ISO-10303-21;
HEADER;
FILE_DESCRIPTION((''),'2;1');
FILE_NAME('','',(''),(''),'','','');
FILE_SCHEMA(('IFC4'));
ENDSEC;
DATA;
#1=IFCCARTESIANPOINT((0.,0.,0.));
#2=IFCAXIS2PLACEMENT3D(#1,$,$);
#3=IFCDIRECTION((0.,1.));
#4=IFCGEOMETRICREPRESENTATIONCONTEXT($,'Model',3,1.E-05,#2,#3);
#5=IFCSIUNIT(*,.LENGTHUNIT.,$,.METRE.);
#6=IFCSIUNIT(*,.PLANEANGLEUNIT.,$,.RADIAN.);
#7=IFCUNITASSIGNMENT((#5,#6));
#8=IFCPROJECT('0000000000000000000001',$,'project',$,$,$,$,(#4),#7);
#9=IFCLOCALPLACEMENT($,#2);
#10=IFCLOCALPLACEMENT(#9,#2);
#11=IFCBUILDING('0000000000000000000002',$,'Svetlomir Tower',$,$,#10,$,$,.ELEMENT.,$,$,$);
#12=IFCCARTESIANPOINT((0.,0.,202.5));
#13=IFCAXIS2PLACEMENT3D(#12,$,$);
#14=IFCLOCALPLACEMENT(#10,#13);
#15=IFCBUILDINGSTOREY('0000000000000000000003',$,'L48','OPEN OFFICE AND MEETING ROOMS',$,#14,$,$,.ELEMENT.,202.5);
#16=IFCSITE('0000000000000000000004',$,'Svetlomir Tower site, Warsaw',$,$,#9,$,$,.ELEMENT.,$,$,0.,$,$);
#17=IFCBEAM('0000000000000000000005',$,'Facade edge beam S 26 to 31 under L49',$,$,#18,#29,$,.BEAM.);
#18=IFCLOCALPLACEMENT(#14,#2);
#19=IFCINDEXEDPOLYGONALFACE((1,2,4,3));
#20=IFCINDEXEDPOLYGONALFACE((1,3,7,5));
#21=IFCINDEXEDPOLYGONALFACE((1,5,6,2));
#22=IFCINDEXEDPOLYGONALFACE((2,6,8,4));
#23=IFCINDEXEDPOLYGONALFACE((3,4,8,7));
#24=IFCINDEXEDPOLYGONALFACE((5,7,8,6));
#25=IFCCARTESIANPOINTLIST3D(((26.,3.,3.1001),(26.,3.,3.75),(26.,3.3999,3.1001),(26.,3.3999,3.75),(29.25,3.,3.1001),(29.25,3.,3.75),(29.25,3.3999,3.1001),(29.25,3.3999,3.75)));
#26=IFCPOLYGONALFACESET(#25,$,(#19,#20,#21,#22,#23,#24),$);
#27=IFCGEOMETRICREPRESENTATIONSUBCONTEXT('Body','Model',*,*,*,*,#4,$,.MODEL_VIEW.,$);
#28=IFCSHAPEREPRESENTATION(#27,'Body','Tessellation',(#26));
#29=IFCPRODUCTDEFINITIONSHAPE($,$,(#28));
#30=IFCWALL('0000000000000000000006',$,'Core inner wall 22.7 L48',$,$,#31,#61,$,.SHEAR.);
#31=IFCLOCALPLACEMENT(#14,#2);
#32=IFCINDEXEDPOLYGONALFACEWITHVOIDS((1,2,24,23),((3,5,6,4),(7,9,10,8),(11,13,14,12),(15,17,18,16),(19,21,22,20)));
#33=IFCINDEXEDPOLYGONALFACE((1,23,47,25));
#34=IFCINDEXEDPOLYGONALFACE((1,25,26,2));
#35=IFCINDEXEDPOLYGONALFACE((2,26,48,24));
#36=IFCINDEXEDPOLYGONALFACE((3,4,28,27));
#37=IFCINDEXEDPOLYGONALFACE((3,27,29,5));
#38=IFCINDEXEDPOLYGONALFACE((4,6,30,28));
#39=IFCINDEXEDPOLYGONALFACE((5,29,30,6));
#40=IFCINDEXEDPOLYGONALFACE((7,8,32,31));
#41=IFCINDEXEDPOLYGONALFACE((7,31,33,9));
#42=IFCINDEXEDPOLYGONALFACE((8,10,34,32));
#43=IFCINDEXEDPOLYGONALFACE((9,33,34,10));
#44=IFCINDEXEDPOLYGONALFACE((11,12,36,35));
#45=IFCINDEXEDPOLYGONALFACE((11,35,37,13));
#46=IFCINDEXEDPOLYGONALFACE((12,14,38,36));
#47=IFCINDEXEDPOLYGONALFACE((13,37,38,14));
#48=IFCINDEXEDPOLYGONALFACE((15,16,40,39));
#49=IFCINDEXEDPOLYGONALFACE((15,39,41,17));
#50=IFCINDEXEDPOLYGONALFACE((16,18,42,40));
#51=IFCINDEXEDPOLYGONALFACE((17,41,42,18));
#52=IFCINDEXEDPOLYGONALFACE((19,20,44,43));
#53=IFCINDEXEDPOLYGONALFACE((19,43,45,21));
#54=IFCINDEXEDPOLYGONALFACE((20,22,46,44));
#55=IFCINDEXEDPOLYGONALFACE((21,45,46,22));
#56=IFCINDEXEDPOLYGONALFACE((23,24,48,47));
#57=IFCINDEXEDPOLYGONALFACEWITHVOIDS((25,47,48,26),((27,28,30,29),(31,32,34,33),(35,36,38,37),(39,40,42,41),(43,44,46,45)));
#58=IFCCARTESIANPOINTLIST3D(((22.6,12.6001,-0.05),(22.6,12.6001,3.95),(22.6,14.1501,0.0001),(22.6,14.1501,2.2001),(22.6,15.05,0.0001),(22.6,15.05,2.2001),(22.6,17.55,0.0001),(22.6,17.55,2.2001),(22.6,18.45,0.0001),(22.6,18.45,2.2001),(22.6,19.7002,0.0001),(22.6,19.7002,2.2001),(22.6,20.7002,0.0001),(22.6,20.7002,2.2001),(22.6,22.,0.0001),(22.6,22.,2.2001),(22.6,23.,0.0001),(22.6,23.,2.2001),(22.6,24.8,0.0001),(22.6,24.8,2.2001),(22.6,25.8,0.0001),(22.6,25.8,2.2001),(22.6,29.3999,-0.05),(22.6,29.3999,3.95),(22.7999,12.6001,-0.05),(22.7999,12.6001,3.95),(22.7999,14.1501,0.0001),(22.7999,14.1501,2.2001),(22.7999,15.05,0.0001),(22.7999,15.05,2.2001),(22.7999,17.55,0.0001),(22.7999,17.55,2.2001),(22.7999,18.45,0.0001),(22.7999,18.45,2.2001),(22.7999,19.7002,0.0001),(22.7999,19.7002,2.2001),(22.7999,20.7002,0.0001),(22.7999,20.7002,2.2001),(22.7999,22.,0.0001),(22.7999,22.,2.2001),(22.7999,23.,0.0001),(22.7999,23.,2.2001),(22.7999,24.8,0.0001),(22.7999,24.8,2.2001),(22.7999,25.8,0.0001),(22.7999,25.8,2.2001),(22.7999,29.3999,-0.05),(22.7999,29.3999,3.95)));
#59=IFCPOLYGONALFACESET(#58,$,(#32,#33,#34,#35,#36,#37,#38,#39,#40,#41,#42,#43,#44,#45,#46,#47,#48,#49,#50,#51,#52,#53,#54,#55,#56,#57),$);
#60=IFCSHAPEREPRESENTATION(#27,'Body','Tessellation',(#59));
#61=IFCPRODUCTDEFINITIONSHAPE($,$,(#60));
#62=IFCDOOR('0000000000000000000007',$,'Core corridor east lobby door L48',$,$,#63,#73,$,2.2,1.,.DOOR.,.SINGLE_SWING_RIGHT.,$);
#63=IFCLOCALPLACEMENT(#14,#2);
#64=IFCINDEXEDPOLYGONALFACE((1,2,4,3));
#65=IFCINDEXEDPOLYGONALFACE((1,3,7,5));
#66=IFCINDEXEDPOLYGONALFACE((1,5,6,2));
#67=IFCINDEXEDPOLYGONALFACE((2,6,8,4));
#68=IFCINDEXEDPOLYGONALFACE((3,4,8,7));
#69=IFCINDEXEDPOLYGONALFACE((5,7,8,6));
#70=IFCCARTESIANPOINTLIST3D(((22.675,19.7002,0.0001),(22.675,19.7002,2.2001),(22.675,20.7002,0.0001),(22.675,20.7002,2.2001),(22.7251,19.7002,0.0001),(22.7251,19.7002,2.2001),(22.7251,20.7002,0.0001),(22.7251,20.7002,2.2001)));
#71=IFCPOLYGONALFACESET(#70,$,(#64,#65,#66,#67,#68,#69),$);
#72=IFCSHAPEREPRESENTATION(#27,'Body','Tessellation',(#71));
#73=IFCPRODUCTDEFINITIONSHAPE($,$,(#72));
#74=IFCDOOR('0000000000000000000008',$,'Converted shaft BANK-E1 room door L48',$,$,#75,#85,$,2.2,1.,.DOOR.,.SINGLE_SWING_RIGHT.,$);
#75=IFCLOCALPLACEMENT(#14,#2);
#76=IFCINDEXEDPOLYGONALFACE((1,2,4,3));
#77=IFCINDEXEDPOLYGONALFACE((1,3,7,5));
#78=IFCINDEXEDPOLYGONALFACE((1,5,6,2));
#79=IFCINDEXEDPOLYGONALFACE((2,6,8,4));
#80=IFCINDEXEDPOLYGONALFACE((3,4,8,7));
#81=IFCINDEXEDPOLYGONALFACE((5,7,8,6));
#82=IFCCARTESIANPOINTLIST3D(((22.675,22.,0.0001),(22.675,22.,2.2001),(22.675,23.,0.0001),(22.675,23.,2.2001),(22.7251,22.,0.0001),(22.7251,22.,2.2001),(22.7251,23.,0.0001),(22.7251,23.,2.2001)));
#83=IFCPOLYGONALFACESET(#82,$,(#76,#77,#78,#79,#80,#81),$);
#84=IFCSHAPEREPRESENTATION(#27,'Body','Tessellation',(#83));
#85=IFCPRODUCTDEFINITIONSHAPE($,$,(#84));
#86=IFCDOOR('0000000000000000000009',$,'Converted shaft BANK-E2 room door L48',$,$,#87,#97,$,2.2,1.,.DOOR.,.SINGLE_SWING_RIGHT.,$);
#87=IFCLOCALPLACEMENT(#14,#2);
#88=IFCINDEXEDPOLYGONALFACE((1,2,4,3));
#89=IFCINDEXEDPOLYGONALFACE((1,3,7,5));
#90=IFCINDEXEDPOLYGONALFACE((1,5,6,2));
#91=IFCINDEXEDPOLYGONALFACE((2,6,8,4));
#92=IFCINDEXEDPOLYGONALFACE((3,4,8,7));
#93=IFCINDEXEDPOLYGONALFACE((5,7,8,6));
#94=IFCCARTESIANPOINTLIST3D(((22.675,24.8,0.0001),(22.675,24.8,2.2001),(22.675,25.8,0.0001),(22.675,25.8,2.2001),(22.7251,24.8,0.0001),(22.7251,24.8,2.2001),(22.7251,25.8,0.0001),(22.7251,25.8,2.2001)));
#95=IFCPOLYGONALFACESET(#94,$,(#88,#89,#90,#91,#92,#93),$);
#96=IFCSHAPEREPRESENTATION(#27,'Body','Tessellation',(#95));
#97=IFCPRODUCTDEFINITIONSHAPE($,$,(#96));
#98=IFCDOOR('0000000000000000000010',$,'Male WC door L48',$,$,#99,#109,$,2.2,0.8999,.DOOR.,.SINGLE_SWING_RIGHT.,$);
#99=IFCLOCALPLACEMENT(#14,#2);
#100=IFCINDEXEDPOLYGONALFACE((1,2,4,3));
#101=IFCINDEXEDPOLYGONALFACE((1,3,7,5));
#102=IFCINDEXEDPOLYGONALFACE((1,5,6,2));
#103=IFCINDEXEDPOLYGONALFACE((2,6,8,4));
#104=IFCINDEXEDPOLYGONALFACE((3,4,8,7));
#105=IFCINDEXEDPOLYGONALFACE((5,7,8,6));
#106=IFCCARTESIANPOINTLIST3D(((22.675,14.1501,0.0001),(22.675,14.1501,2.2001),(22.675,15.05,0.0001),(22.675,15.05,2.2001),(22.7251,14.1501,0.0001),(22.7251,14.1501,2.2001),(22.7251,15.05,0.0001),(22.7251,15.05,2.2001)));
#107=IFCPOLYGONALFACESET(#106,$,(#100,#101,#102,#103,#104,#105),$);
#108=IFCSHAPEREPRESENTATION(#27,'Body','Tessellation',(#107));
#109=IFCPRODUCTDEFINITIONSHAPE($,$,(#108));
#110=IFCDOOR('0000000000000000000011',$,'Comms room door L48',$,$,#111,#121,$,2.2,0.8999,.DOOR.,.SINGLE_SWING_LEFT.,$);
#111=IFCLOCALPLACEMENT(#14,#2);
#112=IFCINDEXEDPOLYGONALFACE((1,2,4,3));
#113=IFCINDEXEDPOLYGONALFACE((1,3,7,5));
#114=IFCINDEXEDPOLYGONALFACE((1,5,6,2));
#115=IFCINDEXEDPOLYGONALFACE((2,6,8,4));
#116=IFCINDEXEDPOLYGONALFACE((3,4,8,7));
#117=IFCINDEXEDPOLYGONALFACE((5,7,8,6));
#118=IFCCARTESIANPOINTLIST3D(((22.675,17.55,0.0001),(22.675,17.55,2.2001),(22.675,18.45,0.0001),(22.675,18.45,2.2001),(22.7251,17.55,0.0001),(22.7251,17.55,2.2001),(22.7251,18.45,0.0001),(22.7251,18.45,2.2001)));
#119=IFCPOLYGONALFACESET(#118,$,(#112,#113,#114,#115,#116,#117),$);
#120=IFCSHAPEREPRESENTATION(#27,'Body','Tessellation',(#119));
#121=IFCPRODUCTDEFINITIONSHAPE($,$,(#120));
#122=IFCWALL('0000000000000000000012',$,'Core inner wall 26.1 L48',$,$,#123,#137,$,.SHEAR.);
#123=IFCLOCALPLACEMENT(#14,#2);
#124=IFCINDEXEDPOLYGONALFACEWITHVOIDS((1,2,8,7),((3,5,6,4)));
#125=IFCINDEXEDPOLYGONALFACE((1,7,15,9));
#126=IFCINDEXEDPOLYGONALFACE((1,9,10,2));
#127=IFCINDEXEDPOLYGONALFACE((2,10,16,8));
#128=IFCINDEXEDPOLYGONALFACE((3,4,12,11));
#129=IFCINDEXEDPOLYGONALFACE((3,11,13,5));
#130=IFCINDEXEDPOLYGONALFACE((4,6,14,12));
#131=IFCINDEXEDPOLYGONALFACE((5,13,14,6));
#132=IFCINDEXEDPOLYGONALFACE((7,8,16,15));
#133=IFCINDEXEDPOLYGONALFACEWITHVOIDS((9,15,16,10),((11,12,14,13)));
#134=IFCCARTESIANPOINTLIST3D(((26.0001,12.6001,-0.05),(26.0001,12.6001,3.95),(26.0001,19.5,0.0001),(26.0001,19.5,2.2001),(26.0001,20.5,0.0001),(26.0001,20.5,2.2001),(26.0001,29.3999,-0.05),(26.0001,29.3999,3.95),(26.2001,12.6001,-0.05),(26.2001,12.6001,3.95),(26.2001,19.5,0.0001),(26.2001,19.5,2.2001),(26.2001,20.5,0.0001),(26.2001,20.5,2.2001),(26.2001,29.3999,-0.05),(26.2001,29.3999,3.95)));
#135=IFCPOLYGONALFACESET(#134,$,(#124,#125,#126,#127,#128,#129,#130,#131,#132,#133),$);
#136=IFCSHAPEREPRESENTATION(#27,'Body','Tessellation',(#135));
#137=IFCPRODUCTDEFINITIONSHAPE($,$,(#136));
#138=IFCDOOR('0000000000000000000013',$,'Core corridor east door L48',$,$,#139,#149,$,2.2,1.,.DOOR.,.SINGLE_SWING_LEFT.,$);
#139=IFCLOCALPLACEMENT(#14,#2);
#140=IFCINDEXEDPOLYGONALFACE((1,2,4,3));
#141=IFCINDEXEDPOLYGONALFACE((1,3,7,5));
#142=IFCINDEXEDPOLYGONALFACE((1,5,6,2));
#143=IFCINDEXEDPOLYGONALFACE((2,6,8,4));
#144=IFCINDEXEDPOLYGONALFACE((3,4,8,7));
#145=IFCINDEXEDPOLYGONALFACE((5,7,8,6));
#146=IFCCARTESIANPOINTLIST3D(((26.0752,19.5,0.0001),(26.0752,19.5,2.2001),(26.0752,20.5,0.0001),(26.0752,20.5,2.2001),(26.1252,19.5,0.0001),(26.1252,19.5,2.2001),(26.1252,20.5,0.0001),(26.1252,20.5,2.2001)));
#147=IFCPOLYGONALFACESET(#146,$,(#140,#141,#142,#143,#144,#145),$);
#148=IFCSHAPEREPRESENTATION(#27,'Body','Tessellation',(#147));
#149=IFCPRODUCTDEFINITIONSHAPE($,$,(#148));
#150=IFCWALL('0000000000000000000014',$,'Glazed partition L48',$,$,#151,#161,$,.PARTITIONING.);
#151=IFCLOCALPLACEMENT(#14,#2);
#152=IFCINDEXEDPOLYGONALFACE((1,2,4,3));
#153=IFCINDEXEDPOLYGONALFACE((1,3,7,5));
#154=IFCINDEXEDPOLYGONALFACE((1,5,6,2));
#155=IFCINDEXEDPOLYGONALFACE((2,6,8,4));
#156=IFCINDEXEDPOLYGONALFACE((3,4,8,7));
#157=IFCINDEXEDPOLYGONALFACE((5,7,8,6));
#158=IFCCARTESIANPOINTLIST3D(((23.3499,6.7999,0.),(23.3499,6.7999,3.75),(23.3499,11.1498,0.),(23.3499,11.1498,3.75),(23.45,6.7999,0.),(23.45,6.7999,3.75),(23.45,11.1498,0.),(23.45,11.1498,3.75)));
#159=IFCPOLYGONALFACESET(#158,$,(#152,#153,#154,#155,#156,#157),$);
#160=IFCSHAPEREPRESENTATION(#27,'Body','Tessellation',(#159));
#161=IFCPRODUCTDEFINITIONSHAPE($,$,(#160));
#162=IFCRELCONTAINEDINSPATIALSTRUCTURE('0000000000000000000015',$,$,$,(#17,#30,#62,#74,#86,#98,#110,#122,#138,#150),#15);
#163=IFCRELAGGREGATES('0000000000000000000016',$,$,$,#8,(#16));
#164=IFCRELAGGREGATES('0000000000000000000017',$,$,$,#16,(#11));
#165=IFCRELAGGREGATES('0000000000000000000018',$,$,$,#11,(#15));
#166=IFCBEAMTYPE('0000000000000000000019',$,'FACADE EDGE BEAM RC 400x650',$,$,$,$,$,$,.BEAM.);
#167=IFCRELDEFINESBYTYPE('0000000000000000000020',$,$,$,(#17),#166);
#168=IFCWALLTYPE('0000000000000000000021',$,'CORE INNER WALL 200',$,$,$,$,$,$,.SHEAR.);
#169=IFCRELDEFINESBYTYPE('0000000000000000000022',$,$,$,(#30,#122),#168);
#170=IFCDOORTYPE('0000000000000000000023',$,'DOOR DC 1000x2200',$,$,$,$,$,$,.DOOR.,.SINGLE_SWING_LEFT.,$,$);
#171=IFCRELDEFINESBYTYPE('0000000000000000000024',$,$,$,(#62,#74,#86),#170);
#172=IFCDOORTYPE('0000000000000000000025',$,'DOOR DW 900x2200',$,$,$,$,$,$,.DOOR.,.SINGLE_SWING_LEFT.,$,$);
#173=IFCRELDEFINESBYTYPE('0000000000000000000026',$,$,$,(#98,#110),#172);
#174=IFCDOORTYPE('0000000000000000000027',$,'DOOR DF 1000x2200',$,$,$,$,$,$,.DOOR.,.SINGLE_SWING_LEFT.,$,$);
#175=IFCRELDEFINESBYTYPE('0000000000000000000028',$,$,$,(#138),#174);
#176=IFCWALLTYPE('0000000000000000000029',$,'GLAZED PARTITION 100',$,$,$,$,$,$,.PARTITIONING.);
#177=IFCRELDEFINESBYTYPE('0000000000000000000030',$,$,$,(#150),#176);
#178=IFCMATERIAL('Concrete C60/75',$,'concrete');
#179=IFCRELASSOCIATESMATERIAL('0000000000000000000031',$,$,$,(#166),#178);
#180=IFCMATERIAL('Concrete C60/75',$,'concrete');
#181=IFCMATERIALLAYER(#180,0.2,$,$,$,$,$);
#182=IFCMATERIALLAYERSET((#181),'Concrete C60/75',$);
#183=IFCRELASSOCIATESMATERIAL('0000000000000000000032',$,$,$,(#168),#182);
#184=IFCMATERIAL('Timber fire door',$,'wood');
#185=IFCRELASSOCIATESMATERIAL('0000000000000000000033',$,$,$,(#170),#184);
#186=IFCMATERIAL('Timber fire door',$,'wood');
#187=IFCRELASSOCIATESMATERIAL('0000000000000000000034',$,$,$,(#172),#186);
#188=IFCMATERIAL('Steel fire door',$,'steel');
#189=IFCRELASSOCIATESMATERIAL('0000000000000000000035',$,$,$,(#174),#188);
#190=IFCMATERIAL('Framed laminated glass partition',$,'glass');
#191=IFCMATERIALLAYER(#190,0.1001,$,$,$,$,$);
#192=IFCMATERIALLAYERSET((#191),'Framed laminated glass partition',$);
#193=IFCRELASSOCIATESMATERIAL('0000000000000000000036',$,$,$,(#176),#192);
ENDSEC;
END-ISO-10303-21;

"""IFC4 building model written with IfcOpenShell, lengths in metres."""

from ifc_helpers import new_model, si_unit, direction, frame, frame_2d, origin, origin_2d, place, context, subcontext, project, spatial, rectangle, extrude, material, layer, layer_set, material_profile, profile_set, type_object, element, fill, save


model = new_model("IFC4")

# Units and contexts
model_context = context("Model", 3, precision=1e-05, world=origin(), true_north=direction((0.0, 1.0)))
body_context = subcontext(model_context, "Body", "Model", "MODEL_VIEW")
ifc_project = project(units=[si_unit("LENGTHUNIT", "METRE"), si_unit("PLANEANGLEUNIT", "RADIAN")], contexts=[model_context])

# Site, building, storey
site_placement = place(None, origin())
site = spatial("IfcSite", under=ifc_project, at=site_placement, Name="Svetlomir Tower site, Warsaw", CompositionType="ELEMENT", RefElevation=0.0)
building_placement = place(site_placement, origin())
building = spatial("IfcBuilding", under=site, at=building_placement, Name="Svetlomir Tower", CompositionType="ELEMENT")
storey_placement = place(building_placement, frame((0.0, 0.0, 202.5)))
storey = spatial("IfcBuildingStorey", under=building, at=storey_placement, Name="L48", Description="OPEN OFFICE AND MEETING ROOMS", CompositionType="ELEMENT", Elevation=202.5)

# Beam
ifc_material_1 = material(Name="Concrete C60/75", Category="concrete")
ifc_material_profile = material_profile(ifc_material_1, rectangle(XDim=0.3999, YDim=0.6499, at=origin_2d()), Name="RC 400x650")
ifc_profile_set = profile_set([ifc_material_profile], Name="Concrete C60/75")
beam_type = type_object("IfcBeamType", Name="FACADE EDGE BEAM RC 400x650", PredefinedType="BEAM", material=ifc_profile_set)
beam_placement = place(storey_placement, frame((26.0, 3.2, 3.425), z_axis=(1.0, 0.0, 0.0), x_axis=(0.0, 1.0, 0.0)))
element("IfcBeam", 1, at=beam_placement, inside=storey, type_object=beam_type, Name="Facade edge beam S 26 to 31 under L49", PredefinedType="BEAM", context=body_context, shape_type="SweptSolid", body=[
    extrude(rectangle(XDim=0.3999, YDim=0.6499, at=origin_2d()), origin(), (0.0, 0.0, 1.0), 3.25),
])

# Wall, openings, doors
ifc_material_2 = material(Name="Concrete C60/75", Category="concrete")
ifc_layer_1 = layer(ifc_material_2, 0.2)
ifc_layer_set_1 = layer_set([ifc_layer_1], Name="Concrete C60/75")
wall_type_1 = type_object("IfcWallType", Name="CORE INNER WALL 200", PredefinedType="SHEAR", material=ifc_layer_set_1)
wall_1_placement = place(storey_placement, frame((22.7, 12.6001, -0.05), z_axis=(0.0, 0.0, 1.0), x_axis=(0.0, 1.0, 0.0)))
wall_1 = element("IfcWall", 2, at=wall_1_placement, inside=storey, type_object=wall_type_1, Name="Core inner wall 22.7 L48", PredefinedType="SHEAR", context=body_context, shape_type="SweptSolid", body=[
    extrude(rectangle(XDim=16.7998, YDim=0.2, at=frame_2d((8.3999, 0.0))), origin(), (0.0, 0.0, 1.0), 4.0),
])
opening_1_placement = place(wall_1_placement, frame((7.1001, 0.0, 0.05)))
opening_1 = element("IfcOpeningElement", 3, at=opening_1_placement, cuts=wall_1, PredefinedType="OPENING", context=body_context, shape_type="SweptSolid", body=[
    extrude(rectangle(XDim=1.0, YDim=2.2, at=frame_2d((0.5, 1.1001))), frame((0.0, 0.1099, 0.0), z_axis=(0.0, -1.0, 0.0), x_axis=(1.0, 0.0, 0.0)), (0.0, 0.0, 1.0), 0.22),
])
opening_2_placement = place(wall_1_placement, frame((1.55, 0.0, 0.05)))
opening_2 = element("IfcOpeningElement", 4, at=opening_2_placement, cuts=wall_1, PredefinedType="OPENING", context=body_context, shape_type="SweptSolid", body=[
    extrude(rectangle(XDim=0.8999, YDim=2.2, at=frame_2d((0.45, 1.1001))), frame((0.0, 0.1099, 0.0), z_axis=(0.0, -1.0, 0.0), x_axis=(1.0, 0.0, 0.0)), (0.0, 0.0, 1.0), 0.22),
])
opening_3_placement = place(wall_1_placement, frame((4.95, 0.0, 0.05)))
opening_3 = element("IfcOpeningElement", 5, at=opening_3_placement, cuts=wall_1, PredefinedType="OPENING", context=body_context, shape_type="SweptSolid", body=[
    extrude(rectangle(XDim=0.8999, YDim=2.2, at=frame_2d((0.45, 1.1001))), frame((0.0, 0.1099, 0.0), z_axis=(0.0, -1.0, 0.0), x_axis=(1.0, 0.0, 0.0)), (0.0, 0.0, 1.0), 0.22),
])
opening_4_placement = place(wall_1_placement, frame((9.3999, 0.0, 0.05)))
opening_4 = element("IfcOpeningElement", 6, at=opening_4_placement, cuts=wall_1, PredefinedType="OPENING", context=body_context, shape_type="SweptSolid", body=[
    extrude(rectangle(XDim=1.0, YDim=2.2, at=frame_2d((0.5, 1.1001))), frame((0.0, 0.1099, 0.0), z_axis=(0.0, -1.0, 0.0), x_axis=(1.0, 0.0, 0.0)), (0.0, 0.0, 1.0), 0.22),
])
opening_5_placement = place(wall_1_placement, frame((12.2, 0.0, 0.05)))
opening_5 = element("IfcOpeningElement", 7, at=opening_5_placement, cuts=wall_1, PredefinedType="OPENING", context=body_context, shape_type="SweptSolid", body=[
    extrude(rectangle(XDim=1.0, YDim=2.2, at=frame_2d((0.5, 1.1001))), frame((0.0, 0.1099, 0.0), z_axis=(0.0, -1.0, 0.0), x_axis=(1.0, 0.0, 0.0)), (0.0, 0.0, 1.0), 0.22),
])
ifc_material_3 = material(Name="Timber fire door", Category="wood")
door_type_1 = type_object("IfcDoorType", Name="DOOR DC 1000x2200", OperationType="SINGLE_SWING_LEFT", PredefinedType="DOOR", material=ifc_material_3)
door_1_placement = place(opening_1_placement, origin())
door_1 = element("IfcDoor", 8, at=door_1_placement, inside=storey, type_object=door_type_1, Name="Core corridor east lobby door L48", OperationType="SINGLE_SWING_RIGHT", OverallHeight=2.2, OverallWidth=1.0, PredefinedType="DOOR", context=body_context, shape_type="SweptSolid", body=[
    extrude(rectangle(XDim=1.0, YDim=2.2, at=frame_2d((0.5, 1.1001))), frame((0.0, 0.0249, 0.0), z_axis=(0.0, -1.0, 0.0), x_axis=(1.0, 0.0, 0.0)), (0.0, 0.0, 1.0), 0.05),
])
fill(opening_1, door_1)
door_2_placement = place(opening_4_placement, origin())
door_2 = element("IfcDoor", 9, at=door_2_placement, inside=storey, type_object=door_type_1, Name="Converted shaft BANK-E1 room door L48", OperationType="SINGLE_SWING_RIGHT", OverallHeight=2.2, OverallWidth=1.0, PredefinedType="DOOR", context=body_context, shape_type="SweptSolid", body=[
    extrude(rectangle(XDim=1.0, YDim=2.2, at=frame_2d((0.5, 1.1001))), frame((0.0, 0.0249, 0.0), z_axis=(0.0, -1.0, 0.0), x_axis=(1.0, 0.0, 0.0)), (0.0, 0.0, 1.0), 0.05),
])
fill(opening_4, door_2)
door_3_placement = place(opening_5_placement, origin())
door_3 = element("IfcDoor", 10, at=door_3_placement, inside=storey, type_object=door_type_1, Name="Converted shaft BANK-E2 room door L48", OperationType="SINGLE_SWING_RIGHT", OverallHeight=2.2, OverallWidth=1.0, PredefinedType="DOOR", context=body_context, shape_type="SweptSolid", body=[
    extrude(rectangle(XDim=1.0, YDim=2.2, at=frame_2d((0.5, 1.1001))), frame((0.0, 0.0249, 0.0), z_axis=(0.0, -1.0, 0.0), x_axis=(1.0, 0.0, 0.0)), (0.0, 0.0, 1.0), 0.05),
])
fill(opening_5, door_3)
ifc_material_4 = material(Name="Timber fire door", Category="wood")
door_type_2 = type_object("IfcDoorType", Name="DOOR DW 900x2200", OperationType="SINGLE_SWING_LEFT", PredefinedType="DOOR", material=ifc_material_4)
door_4_placement = place(opening_2_placement, origin())
door_4 = element("IfcDoor", 11, at=door_4_placement, inside=storey, type_object=door_type_2, Name="Male WC door L48", OperationType="SINGLE_SWING_RIGHT", OverallHeight=2.2, OverallWidth=0.8999, PredefinedType="DOOR", context=body_context, shape_type="SweptSolid", body=[
    extrude(rectangle(XDim=0.8999, YDim=2.2, at=frame_2d((0.45, 1.1001))), frame((0.0, 0.0249, 0.0), z_axis=(0.0, -1.0, 0.0), x_axis=(1.0, 0.0, 0.0)), (0.0, 0.0, 1.0), 0.05),
])
fill(opening_2, door_4)
door_5_placement = place(opening_3_placement, origin())
door_5 = element("IfcDoor", 12, at=door_5_placement, inside=storey, type_object=door_type_2, Name="Comms room door L48", OperationType="SINGLE_SWING_LEFT", OverallHeight=2.2, OverallWidth=0.8999, PredefinedType="DOOR", context=body_context, shape_type="SweptSolid", body=[
    extrude(rectangle(XDim=0.8999, YDim=2.2, at=frame_2d((0.45, 1.1001))), frame((0.0, 0.0249, 0.0), z_axis=(0.0, -1.0, 0.0), x_axis=(1.0, 0.0, 0.0)), (0.0, 0.0, 1.0), 0.05),
])
fill(opening_3, door_5)

# Wall, opening, door
wall_2_placement = place(storey_placement, frame((26.1001, 12.6001, -0.05), z_axis=(0.0, 0.0, 1.0), x_axis=(0.0, 1.0, 0.0)))
wall_2 = element("IfcWall", 13, at=wall_2_placement, inside=storey, type_object=wall_type_1, Name="Core inner wall 26.1 L48", PredefinedType="SHEAR", context=body_context, shape_type="SweptSolid", body=[
    extrude(rectangle(XDim=16.7998, YDim=0.2, at=frame_2d((8.3999, 0.0))), origin(), (0.0, 0.0, 1.0), 4.0),
])
opening_6_placement = place(wall_2_placement, frame((6.8999, 0.0, 0.05)))
opening_6 = element("IfcOpeningElement", 14, at=opening_6_placement, cuts=wall_2, PredefinedType="OPENING", context=body_context, shape_type="SweptSolid", body=[
    extrude(rectangle(XDim=1.0, YDim=2.2, at=frame_2d((0.5, 1.1001))), frame((0.0, 0.1099, 0.0), z_axis=(0.0, -1.0, 0.0), x_axis=(1.0, 0.0, 0.0)), (0.0, 0.0, 1.0), 0.22),
])
ifc_material_5 = material(Name="Steel fire door", Category="steel")
door_type_3 = type_object("IfcDoorType", Name="DOOR DF 1000x2200", OperationType="SINGLE_SWING_LEFT", PredefinedType="DOOR", material=ifc_material_5)
door_6_placement = place(opening_6_placement, origin())
door_6 = element("IfcDoor", 15, at=door_6_placement, inside=storey, type_object=door_type_3, Name="Core corridor east door L48", OperationType="SINGLE_SWING_LEFT", OverallHeight=2.2, OverallWidth=1.0, PredefinedType="DOOR", context=body_context, shape_type="SweptSolid", body=[
    extrude(rectangle(XDim=1.0, YDim=2.2, at=frame_2d((0.5, 1.1001))), frame((0.0, 0.0249, 0.0), z_axis=(0.0, -1.0, 0.0), x_axis=(1.0, 0.0, 0.0)), (0.0, 0.0, 1.0), 0.05),
])
fill(opening_6, door_6)

# Wall
ifc_material_6 = material(Name="Framed laminated glass partition", Category="glass")
ifc_layer_2 = layer(ifc_material_6, 0.1001)
ifc_layer_set_2 = layer_set([ifc_layer_2], Name="Framed laminated glass partition")
wall_type_2 = type_object("IfcWallType", Name="GLAZED PARTITION 100", PredefinedType="PARTITIONING", material=ifc_layer_set_2)
wall_3_placement = place(storey_placement, frame((23.3999, 6.8, 0.0), z_axis=(0.0, 0.0, 1.0), x_axis=(0.0, 1.0, 0.0)))
element("IfcWall", 16, at=wall_3_placement, inside=storey, type_object=wall_type_2, Name="Glazed partition L48", PredefinedType="PARTITIONING", context=body_context, shape_type="SweptSolid", body=[
    extrude(rectangle(XDim=4.3499, YDim=0.1001, at=frame_2d((2.1748, 0.0))), origin(), (0.0, 0.0, 1.0), 3.75),
])

save(model, "model.ifc")
